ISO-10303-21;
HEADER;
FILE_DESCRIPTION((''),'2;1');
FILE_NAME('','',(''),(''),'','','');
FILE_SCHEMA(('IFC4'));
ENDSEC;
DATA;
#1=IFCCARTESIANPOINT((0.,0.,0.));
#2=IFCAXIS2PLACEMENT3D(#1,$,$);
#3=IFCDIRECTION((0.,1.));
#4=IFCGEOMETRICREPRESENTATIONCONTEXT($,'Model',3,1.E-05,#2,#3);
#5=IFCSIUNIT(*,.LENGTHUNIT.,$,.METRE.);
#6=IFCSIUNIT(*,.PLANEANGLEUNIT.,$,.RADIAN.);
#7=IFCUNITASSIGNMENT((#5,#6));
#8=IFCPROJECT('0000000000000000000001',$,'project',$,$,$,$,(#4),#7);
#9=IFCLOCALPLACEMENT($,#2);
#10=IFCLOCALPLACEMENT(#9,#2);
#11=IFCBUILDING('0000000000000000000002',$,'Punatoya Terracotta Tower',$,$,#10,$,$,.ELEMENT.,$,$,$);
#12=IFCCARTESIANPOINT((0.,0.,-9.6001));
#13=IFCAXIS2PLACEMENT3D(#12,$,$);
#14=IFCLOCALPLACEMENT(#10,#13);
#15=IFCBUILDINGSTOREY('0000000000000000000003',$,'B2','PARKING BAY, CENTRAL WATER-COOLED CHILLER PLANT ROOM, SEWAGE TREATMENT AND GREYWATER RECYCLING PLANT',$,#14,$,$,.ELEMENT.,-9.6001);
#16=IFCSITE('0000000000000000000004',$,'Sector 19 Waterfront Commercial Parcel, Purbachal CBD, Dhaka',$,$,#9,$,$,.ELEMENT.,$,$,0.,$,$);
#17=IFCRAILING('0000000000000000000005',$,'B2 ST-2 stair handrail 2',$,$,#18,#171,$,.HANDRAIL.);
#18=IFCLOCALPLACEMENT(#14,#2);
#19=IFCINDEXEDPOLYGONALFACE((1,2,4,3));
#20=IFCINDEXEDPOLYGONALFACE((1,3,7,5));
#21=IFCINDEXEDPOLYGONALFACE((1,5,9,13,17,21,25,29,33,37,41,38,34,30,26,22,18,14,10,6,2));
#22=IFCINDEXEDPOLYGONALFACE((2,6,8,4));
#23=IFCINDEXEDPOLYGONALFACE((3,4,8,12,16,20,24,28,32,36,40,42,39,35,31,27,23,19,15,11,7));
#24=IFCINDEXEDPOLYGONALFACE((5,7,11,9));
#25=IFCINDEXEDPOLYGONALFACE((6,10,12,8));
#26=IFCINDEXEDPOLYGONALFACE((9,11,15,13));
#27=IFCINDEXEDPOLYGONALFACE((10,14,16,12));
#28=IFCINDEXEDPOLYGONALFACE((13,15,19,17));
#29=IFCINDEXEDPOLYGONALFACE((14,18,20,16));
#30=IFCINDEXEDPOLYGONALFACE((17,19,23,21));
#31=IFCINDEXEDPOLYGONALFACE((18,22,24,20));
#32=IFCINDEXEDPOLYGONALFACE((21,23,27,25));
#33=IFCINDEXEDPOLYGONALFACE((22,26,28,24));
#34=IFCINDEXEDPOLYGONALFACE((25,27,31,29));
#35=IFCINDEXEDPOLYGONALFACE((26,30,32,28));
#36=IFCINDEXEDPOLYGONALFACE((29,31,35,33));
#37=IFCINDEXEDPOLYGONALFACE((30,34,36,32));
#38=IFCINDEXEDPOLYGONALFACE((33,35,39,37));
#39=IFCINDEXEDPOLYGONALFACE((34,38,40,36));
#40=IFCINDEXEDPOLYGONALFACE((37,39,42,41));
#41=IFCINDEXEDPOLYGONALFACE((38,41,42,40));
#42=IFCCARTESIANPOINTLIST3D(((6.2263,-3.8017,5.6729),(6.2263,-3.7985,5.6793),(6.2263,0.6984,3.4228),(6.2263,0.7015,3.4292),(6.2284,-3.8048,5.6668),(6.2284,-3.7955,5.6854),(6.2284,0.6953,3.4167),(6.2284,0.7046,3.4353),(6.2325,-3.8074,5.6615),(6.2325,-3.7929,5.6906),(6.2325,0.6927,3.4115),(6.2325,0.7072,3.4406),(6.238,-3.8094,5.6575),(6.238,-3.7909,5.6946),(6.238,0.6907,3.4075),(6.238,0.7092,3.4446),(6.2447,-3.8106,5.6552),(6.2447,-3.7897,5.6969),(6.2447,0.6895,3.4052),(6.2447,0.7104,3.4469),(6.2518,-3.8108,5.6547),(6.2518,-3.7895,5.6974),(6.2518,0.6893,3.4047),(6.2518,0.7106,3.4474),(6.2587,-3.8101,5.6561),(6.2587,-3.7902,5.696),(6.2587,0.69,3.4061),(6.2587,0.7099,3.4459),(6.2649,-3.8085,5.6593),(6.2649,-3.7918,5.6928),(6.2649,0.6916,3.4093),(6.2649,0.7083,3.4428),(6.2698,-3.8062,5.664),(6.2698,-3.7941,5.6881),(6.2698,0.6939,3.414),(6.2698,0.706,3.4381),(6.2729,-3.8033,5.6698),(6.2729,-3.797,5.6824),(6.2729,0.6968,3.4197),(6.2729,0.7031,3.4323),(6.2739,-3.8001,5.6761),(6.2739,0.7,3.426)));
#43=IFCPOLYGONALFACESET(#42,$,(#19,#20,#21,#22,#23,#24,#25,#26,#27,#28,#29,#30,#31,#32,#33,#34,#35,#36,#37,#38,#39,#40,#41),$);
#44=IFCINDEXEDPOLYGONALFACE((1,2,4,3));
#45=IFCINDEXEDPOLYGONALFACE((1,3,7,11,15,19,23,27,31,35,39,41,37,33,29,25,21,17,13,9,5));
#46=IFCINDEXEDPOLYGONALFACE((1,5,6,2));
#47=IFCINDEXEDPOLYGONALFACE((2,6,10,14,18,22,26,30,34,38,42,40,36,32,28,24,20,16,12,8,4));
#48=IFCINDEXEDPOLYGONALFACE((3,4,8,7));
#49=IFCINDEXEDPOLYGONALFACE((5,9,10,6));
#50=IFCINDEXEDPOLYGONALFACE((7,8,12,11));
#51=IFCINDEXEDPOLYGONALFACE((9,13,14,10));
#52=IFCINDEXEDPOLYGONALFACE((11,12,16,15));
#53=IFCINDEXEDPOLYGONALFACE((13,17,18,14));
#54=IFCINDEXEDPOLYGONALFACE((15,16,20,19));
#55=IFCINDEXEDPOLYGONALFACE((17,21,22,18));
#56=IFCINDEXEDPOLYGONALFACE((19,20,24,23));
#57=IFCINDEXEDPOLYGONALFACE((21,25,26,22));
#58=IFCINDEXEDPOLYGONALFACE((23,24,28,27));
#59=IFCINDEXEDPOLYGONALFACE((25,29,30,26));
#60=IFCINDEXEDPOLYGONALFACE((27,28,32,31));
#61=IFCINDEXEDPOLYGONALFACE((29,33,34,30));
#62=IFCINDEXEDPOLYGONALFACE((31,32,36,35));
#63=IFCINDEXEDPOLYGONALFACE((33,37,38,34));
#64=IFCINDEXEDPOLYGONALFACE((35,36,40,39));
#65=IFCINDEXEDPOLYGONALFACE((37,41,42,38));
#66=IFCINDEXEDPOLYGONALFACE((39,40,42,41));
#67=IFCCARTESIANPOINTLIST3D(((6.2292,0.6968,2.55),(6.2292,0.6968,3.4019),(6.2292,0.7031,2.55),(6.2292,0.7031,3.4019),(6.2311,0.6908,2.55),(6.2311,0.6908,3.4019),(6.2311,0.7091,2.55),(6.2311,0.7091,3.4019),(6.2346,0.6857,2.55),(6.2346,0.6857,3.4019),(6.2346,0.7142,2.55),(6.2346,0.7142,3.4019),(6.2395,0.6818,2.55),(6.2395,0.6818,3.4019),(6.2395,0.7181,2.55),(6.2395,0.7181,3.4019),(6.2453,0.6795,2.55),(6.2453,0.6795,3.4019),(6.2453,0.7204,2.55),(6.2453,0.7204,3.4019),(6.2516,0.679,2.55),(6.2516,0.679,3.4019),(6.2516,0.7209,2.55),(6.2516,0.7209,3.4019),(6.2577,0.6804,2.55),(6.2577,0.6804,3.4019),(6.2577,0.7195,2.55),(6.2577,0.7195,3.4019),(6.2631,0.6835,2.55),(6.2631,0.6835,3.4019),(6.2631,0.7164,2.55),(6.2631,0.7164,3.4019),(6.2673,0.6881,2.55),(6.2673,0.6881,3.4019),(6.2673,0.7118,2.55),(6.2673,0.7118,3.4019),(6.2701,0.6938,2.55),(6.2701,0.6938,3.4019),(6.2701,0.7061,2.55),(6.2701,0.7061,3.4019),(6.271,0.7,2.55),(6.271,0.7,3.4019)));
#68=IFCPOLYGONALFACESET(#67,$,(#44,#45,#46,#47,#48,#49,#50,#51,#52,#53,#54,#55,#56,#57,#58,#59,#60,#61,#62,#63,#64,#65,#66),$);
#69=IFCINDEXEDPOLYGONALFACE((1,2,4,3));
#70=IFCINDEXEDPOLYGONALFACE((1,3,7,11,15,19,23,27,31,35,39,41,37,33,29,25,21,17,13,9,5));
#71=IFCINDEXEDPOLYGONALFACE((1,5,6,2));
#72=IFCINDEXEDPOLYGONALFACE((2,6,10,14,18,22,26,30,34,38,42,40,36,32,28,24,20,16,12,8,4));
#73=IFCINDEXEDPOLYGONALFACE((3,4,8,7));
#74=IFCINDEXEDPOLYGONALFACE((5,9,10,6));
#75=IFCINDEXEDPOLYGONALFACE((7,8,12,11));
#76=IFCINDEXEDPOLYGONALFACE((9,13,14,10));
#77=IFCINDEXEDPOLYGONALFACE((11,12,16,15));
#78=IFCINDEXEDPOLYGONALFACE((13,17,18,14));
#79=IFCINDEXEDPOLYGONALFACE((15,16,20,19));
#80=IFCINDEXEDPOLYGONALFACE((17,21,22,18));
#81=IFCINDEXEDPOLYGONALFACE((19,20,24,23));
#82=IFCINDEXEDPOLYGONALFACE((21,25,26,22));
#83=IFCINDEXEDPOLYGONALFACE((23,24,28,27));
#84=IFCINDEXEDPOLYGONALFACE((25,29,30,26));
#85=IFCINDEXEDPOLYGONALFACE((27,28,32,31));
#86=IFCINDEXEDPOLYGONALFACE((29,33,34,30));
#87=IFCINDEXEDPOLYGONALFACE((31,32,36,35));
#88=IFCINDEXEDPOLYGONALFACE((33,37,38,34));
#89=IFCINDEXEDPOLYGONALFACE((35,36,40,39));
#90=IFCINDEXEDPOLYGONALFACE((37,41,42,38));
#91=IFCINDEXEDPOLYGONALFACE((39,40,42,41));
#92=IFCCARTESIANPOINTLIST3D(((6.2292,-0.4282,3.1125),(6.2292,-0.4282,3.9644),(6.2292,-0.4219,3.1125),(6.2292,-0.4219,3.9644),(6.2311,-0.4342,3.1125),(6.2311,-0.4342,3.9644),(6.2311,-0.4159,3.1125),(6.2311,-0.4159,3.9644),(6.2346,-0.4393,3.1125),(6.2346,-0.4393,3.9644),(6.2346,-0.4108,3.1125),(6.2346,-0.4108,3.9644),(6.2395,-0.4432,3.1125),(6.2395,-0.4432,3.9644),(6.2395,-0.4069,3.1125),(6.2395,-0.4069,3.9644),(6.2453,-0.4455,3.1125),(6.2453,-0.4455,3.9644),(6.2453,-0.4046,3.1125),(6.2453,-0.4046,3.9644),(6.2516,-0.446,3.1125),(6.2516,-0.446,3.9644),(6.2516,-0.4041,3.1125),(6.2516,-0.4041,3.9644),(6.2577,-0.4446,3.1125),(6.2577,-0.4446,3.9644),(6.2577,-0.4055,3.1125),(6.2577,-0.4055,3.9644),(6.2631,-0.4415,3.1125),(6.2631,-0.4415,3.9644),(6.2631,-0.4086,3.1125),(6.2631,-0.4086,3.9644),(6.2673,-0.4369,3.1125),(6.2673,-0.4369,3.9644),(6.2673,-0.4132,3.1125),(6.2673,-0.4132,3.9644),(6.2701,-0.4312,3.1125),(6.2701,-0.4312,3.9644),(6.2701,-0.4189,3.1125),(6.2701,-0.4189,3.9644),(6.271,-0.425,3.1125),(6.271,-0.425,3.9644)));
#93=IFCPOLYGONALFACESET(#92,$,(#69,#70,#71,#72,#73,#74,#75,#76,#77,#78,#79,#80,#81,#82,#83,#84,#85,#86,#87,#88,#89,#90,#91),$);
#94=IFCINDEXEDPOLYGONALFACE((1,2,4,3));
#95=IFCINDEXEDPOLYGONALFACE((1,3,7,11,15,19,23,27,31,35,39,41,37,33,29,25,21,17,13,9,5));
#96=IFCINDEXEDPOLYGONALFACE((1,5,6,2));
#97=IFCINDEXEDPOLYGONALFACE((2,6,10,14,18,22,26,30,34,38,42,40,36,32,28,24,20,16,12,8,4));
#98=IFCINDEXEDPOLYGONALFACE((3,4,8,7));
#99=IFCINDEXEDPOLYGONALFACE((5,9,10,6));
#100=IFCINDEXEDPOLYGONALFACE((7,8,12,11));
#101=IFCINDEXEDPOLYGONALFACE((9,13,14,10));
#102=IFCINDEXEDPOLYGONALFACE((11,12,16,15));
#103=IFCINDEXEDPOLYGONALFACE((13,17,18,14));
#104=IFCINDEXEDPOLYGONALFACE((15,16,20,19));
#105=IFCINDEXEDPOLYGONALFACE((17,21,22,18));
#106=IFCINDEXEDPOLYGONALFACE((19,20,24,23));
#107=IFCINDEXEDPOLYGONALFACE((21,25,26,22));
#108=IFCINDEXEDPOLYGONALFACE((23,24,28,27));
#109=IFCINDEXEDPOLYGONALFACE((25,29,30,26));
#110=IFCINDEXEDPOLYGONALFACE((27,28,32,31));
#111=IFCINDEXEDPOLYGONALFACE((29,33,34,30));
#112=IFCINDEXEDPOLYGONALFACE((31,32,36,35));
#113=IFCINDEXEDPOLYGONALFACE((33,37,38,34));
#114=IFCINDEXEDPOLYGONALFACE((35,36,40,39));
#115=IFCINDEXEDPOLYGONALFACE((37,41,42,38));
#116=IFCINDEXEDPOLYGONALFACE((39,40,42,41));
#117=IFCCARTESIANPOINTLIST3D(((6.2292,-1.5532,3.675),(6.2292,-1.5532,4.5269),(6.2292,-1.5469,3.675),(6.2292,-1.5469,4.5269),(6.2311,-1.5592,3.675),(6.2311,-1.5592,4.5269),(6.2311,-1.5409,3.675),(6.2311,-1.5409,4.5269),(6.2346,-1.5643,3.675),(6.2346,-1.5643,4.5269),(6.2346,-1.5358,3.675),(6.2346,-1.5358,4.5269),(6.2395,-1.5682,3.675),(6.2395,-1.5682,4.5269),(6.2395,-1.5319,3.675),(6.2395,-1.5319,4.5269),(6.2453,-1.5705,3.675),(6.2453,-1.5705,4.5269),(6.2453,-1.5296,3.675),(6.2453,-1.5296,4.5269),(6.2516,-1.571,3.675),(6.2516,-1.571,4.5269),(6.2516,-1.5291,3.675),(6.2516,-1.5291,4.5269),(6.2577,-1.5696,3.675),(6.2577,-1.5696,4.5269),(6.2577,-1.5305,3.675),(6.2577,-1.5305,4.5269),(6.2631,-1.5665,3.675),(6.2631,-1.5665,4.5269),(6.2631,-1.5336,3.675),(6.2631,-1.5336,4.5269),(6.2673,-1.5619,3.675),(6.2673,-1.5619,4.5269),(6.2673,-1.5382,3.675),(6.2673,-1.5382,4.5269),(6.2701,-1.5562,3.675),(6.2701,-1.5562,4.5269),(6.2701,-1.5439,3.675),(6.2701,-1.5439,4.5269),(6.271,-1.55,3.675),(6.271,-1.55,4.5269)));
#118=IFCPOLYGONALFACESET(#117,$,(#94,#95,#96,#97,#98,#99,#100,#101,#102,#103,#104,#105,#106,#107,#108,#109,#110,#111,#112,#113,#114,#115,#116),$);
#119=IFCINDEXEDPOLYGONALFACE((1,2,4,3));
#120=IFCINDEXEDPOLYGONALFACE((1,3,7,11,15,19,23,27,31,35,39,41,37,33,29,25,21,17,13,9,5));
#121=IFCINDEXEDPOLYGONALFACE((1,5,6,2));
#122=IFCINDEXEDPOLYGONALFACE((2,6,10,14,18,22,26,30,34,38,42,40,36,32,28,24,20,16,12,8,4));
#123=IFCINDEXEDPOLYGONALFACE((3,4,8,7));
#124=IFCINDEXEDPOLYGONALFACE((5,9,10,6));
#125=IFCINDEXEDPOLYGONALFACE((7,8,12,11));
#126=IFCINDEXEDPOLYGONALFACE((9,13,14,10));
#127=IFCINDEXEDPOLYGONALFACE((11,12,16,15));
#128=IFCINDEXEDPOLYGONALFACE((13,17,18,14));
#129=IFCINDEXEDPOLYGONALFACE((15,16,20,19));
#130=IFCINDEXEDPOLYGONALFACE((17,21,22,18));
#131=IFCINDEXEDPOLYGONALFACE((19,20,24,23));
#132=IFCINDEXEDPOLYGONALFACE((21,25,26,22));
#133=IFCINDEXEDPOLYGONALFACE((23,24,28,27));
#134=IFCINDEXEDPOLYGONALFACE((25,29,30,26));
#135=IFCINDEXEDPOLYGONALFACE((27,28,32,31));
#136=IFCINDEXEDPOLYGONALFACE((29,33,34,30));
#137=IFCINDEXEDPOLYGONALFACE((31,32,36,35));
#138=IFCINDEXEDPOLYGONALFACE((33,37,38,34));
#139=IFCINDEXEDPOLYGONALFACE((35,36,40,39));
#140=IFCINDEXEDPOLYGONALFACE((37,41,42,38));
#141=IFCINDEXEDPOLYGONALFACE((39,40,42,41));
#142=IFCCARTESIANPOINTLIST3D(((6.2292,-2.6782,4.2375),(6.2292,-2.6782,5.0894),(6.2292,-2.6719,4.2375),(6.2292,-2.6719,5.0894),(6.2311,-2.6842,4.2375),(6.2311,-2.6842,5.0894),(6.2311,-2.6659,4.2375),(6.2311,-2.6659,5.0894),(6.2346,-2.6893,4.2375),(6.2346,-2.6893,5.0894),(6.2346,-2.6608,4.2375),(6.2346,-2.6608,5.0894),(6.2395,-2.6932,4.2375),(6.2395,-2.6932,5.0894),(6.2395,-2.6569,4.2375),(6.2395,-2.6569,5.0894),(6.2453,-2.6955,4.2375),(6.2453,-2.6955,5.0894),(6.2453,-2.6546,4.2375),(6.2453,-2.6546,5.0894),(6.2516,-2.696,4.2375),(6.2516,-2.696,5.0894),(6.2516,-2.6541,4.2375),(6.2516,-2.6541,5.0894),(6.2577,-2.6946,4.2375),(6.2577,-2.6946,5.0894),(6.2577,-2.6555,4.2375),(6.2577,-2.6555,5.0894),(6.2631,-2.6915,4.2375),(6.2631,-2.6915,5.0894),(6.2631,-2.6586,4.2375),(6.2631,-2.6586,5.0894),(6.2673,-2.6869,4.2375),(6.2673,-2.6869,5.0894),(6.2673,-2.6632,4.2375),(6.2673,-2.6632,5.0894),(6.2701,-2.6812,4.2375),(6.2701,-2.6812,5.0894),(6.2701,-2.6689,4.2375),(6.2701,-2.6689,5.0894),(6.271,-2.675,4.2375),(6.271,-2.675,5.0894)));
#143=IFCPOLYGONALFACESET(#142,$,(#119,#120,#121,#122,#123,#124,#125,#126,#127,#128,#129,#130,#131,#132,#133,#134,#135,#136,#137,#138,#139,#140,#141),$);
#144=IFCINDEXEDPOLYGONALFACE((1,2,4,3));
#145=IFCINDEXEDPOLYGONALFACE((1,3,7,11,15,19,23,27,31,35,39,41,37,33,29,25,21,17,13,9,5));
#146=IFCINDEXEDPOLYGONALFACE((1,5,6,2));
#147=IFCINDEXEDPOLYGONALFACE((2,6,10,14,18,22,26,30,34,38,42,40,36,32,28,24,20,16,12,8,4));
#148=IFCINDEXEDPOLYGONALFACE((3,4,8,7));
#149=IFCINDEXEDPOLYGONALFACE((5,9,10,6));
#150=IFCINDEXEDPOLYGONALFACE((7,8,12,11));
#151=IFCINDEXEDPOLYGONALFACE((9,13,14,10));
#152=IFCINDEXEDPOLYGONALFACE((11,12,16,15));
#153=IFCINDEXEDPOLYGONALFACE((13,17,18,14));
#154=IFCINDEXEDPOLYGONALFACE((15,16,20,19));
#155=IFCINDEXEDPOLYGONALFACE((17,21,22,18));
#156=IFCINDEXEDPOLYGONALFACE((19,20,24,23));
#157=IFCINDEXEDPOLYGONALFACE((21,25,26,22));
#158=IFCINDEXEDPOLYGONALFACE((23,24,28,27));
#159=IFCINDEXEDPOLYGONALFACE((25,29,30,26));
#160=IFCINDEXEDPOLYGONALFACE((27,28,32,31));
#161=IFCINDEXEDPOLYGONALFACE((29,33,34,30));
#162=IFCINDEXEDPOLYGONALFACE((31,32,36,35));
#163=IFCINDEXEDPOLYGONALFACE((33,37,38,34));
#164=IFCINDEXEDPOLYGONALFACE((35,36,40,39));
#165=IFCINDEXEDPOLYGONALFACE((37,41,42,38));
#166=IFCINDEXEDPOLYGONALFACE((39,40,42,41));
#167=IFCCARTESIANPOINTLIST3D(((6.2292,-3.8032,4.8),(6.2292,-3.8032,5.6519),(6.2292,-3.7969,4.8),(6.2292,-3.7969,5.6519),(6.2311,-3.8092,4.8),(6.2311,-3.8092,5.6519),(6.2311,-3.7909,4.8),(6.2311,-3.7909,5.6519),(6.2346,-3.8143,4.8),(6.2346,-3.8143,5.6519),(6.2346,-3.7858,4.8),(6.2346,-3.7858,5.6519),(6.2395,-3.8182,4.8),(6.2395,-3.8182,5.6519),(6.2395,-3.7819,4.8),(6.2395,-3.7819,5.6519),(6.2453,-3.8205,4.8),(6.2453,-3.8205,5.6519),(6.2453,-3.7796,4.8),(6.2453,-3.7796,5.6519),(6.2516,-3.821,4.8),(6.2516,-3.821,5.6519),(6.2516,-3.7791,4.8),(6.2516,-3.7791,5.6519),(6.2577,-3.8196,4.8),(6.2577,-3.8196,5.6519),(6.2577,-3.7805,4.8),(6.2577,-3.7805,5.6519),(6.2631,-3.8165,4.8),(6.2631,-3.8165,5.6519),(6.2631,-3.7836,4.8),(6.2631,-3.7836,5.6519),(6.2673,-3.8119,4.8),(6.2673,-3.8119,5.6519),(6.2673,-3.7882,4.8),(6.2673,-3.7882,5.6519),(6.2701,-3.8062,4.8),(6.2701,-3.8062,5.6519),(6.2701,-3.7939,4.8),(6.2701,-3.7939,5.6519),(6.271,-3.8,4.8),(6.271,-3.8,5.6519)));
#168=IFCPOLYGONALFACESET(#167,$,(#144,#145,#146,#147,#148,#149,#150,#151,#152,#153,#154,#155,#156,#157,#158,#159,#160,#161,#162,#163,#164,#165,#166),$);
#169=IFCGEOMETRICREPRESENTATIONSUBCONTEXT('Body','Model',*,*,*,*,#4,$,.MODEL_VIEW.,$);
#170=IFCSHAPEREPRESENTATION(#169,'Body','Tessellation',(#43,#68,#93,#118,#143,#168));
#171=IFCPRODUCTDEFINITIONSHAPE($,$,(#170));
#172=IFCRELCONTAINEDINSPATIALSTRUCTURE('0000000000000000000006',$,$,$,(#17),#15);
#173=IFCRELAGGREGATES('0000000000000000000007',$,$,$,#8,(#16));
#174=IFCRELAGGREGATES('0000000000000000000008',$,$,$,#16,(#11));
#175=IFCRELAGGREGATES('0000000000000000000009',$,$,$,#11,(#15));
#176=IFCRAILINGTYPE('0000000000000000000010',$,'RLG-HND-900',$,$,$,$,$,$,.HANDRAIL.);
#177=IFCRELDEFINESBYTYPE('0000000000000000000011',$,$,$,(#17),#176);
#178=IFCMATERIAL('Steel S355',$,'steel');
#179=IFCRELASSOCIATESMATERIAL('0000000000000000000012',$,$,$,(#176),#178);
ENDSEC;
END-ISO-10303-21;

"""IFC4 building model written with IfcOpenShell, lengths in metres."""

from ifc_helpers import new_model, si_unit, direction, frame, origin, origin_2d, place, context, subcontext, project, spatial, circle, extrude, material, type_object, element, save


model = new_model("IFC4")

# Units and contexts
model_context = context("Model", 3, precision=1e-05, world=origin(), true_north=direction((0.0, 1.0)))
body_context = subcontext(model_context, "Body", "Model", "MODEL_VIEW")
ifc_project = project(units=[si_unit("LENGTHUNIT", "METRE"), si_unit("PLANEANGLEUNIT", "RADIAN")], contexts=[model_context])

# Site, building, storey
site_placement = place(None, origin())
site = spatial("IfcSite", under=ifc_project, at=site_placement, Name="Sector 19 Waterfront Commercial Parcel, Purbachal CBD, Dhaka", CompositionType="ELEMENT", RefElevation=0.0)
building_placement = place(site_placement, origin())
building = spatial("IfcBuilding", under=site, at=building_placement, Name="Punatoya Terracotta Tower", CompositionType="ELEMENT")
storey_placement = place(building_placement, frame((0.0, 0.0, -9.6001)))
storey = spatial("IfcBuildingStorey", under=building, at=storey_placement, Name="B2", Description="PARKING BAY, CENTRAL WATER-COOLED CHILLER PLANT ROOM, SEWAGE TREATMENT AND GREYWATER RECYCLING PLANT", CompositionType="ELEMENT", Elevation=-9.6001)

# Shared definitions
ifc_material_1 = material(Name="Steel S355", Category="steel")

# Railing
railing_type_1 = type_object("IfcRailingType", Name="RLG-HND-900", PredefinedType="HANDRAIL", material=ifc_material_1)
railing_1_placement = place(storey_placement, frame((6.25, 0.7, 2.55)))
element("IfcRailing", 1, at=railing_1_placement, inside=storey, type_object=railing_type_1, Name="B2 ST-2 stair handrail 2", PredefinedType="HANDRAIL", context=body_context, shape_type="SweptSolid", body=[
    extrude(circle(Radius=0.0239, at=origin_2d()), frame((0.0, 0.0, 0.876), z_axis=(0.0, -0.894427, 0.447214), x_axis=(1.0, 0.0, 0.0)), (0.0, 0.0, 1.0), 5.0312),
    extrude(circle(Radius=0.021, at=origin_2d()), origin(), (0.0, 0.0, 1.0), 0.8518),
    extrude(circle(Radius=0.021, at=origin_2d()), frame((0.0, -1.125, 0.5625)), (0.0, 0.0, 1.0), 0.8518),
    extrude(circle(Radius=0.021, at=origin_2d()), frame((0.0, -2.25, 1.125)), (0.0, 0.0, 1.0), 0.8518),
    extrude(circle(Radius=0.021, at=origin_2d()), frame((0.0, -3.375, 1.6875)), (0.0, 0.0, 1.0), 0.8518),
    extrude(circle(Radius=0.021, at=origin_2d()), frame((0.0, -4.5, 2.25)), (0.0, 0.0, 1.0), 0.8518),
])

save(model, "model.ifc")
